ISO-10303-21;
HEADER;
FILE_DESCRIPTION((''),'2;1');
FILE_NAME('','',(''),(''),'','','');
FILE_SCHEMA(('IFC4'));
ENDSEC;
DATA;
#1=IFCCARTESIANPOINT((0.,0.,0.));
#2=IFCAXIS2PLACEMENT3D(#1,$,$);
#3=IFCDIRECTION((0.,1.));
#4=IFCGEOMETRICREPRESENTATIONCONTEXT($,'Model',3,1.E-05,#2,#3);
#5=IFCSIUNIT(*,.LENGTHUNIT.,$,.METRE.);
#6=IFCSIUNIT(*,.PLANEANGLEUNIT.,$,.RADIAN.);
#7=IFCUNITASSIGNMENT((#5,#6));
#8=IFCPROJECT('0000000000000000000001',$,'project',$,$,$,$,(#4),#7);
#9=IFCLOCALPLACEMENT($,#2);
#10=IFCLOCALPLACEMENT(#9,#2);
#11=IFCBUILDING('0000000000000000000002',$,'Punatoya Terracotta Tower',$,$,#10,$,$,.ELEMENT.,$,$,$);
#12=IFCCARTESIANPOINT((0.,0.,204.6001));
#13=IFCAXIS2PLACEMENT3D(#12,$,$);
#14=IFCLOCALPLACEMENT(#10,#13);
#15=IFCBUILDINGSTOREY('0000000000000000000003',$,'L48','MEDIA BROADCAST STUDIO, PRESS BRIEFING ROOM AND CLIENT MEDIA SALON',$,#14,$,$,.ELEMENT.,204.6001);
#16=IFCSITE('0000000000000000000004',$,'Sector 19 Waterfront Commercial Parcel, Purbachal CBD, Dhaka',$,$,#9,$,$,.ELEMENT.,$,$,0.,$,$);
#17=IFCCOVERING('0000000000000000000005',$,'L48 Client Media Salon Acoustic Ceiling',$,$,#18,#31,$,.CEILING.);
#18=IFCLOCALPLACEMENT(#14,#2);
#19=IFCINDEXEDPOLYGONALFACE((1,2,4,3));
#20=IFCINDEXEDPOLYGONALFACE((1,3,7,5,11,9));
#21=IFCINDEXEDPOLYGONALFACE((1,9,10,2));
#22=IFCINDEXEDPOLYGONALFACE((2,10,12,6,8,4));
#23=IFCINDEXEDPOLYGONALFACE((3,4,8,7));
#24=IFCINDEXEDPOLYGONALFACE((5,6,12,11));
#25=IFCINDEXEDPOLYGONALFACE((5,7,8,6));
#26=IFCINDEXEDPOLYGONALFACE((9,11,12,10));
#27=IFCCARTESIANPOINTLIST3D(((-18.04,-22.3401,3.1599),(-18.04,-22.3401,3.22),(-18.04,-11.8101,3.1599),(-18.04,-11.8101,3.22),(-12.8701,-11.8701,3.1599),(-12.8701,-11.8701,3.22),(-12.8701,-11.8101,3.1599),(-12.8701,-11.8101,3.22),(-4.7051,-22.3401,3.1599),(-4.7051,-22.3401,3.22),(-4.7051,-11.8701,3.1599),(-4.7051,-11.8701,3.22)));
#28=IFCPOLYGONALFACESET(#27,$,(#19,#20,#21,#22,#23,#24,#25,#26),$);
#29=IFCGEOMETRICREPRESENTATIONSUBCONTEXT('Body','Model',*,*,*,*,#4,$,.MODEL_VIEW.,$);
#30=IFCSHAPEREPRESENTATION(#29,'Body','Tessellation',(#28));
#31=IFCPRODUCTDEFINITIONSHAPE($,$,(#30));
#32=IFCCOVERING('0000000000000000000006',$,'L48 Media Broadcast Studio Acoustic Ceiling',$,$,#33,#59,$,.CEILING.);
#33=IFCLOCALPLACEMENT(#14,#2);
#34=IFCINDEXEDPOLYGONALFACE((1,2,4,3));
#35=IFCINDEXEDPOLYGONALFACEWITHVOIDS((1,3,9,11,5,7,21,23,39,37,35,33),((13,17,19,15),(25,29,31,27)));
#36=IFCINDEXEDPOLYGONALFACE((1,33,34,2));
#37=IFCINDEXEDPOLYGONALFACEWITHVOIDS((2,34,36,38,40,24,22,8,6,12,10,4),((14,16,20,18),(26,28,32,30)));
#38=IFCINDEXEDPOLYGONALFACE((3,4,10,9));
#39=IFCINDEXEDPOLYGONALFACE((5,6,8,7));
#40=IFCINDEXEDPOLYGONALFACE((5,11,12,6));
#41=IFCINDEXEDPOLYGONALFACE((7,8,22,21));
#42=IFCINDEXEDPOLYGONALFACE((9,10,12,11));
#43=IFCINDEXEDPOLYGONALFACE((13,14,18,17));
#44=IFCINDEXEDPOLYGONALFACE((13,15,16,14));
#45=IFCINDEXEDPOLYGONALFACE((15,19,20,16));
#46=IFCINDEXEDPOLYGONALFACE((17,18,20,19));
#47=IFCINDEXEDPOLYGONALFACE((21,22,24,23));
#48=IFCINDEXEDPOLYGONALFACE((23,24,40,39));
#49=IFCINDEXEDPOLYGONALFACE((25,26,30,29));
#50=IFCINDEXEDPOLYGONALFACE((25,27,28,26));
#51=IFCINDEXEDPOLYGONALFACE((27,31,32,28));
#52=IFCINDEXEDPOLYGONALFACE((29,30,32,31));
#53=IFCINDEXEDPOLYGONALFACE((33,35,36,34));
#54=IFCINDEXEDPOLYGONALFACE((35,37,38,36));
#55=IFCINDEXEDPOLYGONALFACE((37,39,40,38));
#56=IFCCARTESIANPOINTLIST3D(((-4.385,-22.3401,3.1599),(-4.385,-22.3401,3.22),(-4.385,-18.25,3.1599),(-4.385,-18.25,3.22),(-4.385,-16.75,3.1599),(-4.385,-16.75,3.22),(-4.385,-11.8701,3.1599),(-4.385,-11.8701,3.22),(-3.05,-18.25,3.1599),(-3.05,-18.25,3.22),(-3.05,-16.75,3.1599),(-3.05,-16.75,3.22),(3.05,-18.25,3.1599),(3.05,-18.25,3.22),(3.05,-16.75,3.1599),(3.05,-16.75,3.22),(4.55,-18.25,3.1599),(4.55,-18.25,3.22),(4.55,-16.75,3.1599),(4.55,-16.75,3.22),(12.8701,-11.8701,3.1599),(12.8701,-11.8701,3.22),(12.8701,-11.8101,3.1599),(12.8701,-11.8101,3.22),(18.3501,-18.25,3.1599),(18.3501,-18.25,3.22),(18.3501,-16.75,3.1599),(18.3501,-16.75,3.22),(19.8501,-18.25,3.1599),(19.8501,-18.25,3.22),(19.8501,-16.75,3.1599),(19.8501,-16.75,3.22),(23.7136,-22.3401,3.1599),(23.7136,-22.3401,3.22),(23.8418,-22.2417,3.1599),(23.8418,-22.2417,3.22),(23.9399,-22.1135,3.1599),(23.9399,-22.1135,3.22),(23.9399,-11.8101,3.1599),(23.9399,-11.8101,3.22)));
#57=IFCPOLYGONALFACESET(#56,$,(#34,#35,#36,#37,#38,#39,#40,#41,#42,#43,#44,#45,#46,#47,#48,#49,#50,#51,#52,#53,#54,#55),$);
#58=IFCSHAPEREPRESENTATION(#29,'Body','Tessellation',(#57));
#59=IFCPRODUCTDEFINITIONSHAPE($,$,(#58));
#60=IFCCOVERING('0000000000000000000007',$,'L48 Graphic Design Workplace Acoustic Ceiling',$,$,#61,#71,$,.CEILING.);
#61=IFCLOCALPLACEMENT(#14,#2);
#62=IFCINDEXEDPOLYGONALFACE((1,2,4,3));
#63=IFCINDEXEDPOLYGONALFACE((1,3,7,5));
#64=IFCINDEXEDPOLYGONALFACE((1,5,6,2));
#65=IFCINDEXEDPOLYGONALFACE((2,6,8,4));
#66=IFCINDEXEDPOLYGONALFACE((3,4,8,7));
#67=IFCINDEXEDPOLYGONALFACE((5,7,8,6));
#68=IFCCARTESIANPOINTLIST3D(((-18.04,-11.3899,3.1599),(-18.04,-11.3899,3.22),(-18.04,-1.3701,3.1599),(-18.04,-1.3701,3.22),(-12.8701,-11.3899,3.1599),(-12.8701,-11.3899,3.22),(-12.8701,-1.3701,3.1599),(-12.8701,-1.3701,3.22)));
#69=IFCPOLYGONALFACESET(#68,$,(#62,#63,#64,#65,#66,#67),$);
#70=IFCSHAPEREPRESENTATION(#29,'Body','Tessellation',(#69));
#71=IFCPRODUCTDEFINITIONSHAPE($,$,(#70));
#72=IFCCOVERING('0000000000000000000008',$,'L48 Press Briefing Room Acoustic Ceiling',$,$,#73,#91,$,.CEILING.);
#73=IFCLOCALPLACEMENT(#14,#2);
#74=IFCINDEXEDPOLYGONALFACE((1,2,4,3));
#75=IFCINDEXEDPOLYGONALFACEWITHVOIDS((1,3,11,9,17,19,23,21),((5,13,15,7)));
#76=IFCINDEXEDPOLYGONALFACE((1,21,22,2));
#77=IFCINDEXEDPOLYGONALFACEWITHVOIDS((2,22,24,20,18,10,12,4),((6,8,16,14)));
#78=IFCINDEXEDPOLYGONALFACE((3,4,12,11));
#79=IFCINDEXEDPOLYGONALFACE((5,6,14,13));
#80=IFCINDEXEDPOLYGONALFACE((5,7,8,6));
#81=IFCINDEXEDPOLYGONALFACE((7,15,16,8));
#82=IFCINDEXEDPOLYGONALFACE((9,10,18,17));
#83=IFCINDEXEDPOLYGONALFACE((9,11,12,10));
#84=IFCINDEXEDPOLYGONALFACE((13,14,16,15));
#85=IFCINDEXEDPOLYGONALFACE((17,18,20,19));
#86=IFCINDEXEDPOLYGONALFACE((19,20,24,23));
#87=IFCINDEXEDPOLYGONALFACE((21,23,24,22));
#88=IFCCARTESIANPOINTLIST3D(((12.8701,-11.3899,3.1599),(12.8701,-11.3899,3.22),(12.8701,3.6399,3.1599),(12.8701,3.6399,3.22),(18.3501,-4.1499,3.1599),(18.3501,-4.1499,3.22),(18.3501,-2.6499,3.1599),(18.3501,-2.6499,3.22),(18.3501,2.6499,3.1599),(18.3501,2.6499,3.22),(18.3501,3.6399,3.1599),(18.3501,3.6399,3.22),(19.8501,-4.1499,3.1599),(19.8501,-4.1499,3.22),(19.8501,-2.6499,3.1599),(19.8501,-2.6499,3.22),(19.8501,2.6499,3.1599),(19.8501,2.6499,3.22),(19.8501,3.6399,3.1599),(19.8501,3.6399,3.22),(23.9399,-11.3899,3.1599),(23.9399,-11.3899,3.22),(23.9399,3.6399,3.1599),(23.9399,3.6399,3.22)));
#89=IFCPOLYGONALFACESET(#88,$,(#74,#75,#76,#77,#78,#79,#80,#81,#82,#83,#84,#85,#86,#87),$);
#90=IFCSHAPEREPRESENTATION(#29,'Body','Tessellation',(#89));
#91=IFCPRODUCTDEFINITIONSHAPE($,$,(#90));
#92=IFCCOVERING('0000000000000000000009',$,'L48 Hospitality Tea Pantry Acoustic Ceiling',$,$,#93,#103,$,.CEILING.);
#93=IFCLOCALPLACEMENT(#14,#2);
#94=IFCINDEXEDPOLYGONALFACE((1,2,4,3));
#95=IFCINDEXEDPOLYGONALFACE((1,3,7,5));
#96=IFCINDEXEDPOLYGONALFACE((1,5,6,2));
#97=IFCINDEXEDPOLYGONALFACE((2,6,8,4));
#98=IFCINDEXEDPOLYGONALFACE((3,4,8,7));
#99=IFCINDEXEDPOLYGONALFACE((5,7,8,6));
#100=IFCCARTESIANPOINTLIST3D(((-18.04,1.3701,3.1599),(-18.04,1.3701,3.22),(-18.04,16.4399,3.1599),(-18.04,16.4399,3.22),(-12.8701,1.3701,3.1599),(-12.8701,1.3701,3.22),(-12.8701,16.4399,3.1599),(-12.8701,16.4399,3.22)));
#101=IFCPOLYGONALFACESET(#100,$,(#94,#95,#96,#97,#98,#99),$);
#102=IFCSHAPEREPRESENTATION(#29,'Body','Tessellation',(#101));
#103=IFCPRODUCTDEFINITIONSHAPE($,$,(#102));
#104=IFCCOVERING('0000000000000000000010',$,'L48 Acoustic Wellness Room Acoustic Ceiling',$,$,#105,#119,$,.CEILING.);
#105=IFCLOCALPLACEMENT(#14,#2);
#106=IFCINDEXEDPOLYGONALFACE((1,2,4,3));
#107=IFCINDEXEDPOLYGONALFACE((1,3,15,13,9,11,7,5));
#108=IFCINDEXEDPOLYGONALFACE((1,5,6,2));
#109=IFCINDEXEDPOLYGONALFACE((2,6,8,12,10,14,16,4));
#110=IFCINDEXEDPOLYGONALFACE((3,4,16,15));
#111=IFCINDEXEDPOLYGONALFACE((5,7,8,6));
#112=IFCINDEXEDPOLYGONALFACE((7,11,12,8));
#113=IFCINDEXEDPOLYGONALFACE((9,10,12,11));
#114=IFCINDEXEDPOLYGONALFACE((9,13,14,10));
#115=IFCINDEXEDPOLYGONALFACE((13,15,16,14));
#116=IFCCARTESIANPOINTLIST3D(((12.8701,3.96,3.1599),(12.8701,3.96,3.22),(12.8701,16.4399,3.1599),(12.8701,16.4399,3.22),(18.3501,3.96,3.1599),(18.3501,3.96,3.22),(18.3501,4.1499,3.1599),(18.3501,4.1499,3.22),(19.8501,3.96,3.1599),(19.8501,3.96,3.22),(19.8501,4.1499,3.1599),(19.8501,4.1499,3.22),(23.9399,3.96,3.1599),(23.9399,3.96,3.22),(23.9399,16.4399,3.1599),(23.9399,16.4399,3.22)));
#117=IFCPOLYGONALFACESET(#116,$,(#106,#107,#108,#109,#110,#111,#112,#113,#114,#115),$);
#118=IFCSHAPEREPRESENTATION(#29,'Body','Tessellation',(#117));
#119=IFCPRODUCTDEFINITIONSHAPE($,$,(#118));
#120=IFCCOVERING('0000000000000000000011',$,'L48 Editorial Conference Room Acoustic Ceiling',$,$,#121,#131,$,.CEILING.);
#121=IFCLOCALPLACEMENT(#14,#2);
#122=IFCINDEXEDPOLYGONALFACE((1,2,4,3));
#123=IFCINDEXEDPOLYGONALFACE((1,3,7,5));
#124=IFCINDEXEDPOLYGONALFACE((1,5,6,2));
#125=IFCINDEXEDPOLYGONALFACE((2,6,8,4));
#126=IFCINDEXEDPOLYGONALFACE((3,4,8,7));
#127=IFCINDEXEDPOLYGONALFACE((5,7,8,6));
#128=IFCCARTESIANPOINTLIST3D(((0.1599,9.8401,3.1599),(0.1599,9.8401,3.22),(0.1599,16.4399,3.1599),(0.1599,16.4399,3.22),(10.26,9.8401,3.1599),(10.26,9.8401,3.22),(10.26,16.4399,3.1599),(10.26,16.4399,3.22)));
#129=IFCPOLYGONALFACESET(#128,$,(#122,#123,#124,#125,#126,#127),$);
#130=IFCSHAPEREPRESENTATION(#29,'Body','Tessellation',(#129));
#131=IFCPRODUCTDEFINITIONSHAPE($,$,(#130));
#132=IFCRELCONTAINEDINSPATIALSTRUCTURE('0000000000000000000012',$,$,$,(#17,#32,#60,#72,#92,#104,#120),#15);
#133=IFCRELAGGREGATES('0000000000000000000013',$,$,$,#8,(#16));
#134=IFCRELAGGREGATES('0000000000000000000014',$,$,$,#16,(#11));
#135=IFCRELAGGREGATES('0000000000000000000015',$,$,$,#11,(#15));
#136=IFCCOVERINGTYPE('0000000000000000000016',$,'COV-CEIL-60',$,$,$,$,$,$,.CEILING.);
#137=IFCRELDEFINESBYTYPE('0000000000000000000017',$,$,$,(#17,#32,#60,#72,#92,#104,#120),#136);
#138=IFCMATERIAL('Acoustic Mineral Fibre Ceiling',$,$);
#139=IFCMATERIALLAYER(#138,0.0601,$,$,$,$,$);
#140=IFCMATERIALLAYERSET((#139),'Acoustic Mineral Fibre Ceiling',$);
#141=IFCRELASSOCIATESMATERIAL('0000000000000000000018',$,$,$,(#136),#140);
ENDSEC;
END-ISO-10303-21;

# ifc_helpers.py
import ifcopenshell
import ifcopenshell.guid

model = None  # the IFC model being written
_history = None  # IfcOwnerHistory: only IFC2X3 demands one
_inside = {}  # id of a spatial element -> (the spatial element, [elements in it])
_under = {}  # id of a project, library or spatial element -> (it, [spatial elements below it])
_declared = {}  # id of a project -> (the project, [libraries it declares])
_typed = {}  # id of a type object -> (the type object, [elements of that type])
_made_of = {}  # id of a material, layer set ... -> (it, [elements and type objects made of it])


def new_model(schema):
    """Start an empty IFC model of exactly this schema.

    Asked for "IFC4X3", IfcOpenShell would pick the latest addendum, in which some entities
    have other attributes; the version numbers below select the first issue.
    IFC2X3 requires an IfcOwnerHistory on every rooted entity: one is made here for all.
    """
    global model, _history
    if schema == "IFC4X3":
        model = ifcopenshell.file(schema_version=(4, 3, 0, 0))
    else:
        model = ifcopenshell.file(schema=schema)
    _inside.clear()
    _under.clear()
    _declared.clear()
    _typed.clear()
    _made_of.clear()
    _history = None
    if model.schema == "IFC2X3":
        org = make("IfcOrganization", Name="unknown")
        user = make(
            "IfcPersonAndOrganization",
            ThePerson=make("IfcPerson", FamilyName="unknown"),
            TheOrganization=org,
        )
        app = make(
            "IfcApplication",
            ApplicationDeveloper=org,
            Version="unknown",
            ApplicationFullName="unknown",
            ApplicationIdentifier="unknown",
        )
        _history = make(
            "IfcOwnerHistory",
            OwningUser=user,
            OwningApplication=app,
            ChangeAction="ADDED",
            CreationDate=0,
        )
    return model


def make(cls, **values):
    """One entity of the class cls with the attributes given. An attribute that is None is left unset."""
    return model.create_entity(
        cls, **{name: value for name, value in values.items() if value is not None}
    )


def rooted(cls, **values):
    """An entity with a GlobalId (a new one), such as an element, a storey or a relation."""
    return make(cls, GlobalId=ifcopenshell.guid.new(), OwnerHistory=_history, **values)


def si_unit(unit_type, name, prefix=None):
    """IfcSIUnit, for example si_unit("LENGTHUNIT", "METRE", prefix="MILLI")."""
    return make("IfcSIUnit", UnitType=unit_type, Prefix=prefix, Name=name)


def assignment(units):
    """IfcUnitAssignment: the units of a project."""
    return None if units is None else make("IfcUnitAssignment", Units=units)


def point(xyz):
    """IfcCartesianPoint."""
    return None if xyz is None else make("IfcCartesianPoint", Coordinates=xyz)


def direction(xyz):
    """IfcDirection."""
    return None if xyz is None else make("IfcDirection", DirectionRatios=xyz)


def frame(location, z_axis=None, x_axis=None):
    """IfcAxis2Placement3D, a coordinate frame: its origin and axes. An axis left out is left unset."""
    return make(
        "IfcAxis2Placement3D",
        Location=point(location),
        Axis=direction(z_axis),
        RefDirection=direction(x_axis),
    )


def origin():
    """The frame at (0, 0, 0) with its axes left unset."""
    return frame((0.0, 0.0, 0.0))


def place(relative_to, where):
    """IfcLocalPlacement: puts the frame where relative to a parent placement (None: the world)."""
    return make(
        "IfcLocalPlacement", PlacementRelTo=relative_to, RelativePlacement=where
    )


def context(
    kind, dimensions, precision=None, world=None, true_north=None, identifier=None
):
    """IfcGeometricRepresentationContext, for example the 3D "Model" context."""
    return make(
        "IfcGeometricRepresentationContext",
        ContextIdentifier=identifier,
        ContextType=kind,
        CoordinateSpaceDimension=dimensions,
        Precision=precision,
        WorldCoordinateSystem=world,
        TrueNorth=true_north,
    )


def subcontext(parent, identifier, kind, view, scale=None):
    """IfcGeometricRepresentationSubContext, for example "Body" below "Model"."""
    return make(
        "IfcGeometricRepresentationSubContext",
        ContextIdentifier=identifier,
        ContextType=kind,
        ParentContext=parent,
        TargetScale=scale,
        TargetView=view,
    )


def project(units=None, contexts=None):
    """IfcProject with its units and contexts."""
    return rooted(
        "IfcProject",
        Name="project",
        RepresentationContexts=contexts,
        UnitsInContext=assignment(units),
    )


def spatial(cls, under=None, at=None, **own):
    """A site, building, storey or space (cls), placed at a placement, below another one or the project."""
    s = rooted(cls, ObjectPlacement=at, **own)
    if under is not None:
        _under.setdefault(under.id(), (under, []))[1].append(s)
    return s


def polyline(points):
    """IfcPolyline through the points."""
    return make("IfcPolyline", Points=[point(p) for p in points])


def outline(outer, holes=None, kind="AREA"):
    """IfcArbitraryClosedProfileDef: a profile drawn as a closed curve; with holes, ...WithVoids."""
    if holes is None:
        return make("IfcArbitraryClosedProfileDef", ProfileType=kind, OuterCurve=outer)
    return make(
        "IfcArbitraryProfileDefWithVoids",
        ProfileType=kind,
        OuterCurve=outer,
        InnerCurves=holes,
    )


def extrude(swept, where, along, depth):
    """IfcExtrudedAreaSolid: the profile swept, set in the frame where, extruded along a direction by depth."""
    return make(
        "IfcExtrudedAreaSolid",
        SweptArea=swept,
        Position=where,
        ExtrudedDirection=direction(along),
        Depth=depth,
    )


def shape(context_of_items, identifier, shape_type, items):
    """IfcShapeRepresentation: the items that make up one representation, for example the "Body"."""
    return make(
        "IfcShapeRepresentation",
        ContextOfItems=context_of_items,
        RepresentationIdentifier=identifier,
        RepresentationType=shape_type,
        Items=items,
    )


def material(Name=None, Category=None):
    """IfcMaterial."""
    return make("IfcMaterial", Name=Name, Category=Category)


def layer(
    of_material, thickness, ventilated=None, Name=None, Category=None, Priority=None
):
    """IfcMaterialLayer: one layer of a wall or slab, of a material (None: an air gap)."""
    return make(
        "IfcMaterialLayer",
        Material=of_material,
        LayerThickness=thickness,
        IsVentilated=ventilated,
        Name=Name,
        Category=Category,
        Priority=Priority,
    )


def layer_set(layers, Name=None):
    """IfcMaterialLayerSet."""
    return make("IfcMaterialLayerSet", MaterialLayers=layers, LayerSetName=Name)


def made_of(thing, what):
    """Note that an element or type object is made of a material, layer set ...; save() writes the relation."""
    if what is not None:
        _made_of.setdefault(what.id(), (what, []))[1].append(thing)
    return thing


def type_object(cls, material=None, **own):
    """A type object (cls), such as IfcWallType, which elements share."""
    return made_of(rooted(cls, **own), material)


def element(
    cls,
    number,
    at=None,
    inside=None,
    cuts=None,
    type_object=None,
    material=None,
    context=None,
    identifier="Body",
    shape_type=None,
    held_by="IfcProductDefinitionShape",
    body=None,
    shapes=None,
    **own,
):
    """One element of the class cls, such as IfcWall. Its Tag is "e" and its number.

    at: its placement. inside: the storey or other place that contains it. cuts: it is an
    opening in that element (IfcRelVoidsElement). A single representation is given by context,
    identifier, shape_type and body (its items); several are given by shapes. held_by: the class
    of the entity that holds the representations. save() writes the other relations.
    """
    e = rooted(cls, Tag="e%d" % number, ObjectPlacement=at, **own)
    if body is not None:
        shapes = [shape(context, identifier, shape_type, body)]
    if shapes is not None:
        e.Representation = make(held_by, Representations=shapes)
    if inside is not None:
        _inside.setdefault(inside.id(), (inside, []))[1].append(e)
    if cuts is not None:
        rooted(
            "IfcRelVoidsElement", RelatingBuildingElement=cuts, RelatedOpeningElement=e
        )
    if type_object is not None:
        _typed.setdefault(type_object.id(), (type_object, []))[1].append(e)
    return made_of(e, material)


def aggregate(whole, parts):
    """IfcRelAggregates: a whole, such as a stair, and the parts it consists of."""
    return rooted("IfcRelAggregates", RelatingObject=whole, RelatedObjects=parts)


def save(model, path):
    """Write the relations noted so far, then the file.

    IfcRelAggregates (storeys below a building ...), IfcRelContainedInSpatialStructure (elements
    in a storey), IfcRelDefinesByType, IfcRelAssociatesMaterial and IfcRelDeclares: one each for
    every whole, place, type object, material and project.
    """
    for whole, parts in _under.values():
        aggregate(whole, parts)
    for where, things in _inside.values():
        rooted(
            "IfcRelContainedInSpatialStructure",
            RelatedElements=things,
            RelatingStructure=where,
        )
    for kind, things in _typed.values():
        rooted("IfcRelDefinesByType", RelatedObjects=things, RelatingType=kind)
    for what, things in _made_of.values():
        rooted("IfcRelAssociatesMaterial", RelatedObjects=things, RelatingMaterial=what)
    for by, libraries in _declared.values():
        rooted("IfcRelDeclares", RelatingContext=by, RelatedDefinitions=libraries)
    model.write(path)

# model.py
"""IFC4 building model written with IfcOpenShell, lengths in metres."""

from ifc_helpers import new_model, si_unit, direction, frame, origin, place, context, subcontext, project, spatial, polyline, outline, extrude, material, layer, layer_set, type_object, element, save


model = new_model("IFC4")

# Units and contexts
model_context = context("Model", 3, precision=1e-05, world=origin(), true_north=direction((0.0, 1.0)))
body_context = subcontext(model_context, "Body", "Model", "MODEL_VIEW")
ifc_project = project(units=[si_unit("LENGTHUNIT", "METRE"), si_unit("PLANEANGLEUNIT", "RADIAN")], contexts=[model_context])

# Site, building, storey
site_placement = place(None, origin())
site = spatial("IfcSite", under=ifc_project, at=site_placement, Name="Sector 19 Waterfront Commercial Parcel, Purbachal CBD, Dhaka", CompositionType="ELEMENT", RefElevation=0.0)
building_placement = place(site_placement, origin())
building = spatial("IfcBuilding", under=site, at=building_placement, Name="Punatoya Terracotta Tower", CompositionType="ELEMENT")
storey_placement = place(building_placement, frame((0.0, 0.0, 204.6001)))
storey = spatial("IfcBuildingStorey", under=building, at=storey_placement, Name="L48", Description="MEDIA BROADCAST STUDIO, PRESS BRIEFING ROOM AND CLIENT MEDIA SALON", CompositionType="ELEMENT", Elevation=204.6001)

# Coverings
ifc_material_1 = material(Name="Acoustic Mineral Fibre Ceiling")
ifc_layer_1 = layer(ifc_material_1, 0.0601)
ifc_layer_set_1 = layer_set([ifc_layer_1], Name="Acoustic Mineral Fibre Ceiling")
covering_type = type_object("IfcCoveringType", Name="COV-CEIL-60", PredefinedType="CEILING", material=ifc_layer_set_1)
covering_1_placement = place(storey_placement, frame((0.0, 0.0, 3.1599)))
element("IfcCovering", 1, at=covering_1_placement, inside=storey, type_object=covering_type, Name="L48 Client Media Salon Acoustic Ceiling", PredefinedType="CEILING", context=body_context, shape_type="SweptSolid", body=[
    extrude(outline(polyline([(-12.8701, -11.8701), (-12.8701, -11.8101), (-18.04, -11.8101), (-18.04, -22.3401), (-4.7051, -22.3401), (-4.7051, -11.8701), (-12.8701, -11.8701)])), origin(), (0.0, 0.0, 1.0), 0.0601),
])
covering_2_placement = place(storey_placement, frame((0.0, 0.0, 3.1599)))
element("IfcCovering", 2, at=covering_2_placement, inside=storey, type_object=covering_type, Name="L48 Media Broadcast Studio Acoustic Ceiling", PredefinedType="CEILING", context=body_context, shape_type="SweptSolid", body=[
    extrude(outline(polyline([(-4.385, -18.25), (-4.385, -22.3401), (23.7136, -22.3401), (23.8418, -22.2417), (23.9399, -22.1135), (23.9399, -11.8101), (12.8701, -11.8101), (12.8701, -11.8701), (-4.385, -11.8701), (-4.385, -16.75), (-3.05, -16.75), (-3.05, -18.25), (-4.385, -18.25)]), holes=[polyline([(19.8501, -18.25), (18.3501, -18.25), (18.3501, -16.75), (19.8501, -16.75), (19.8501, -18.25)]), polyline([(4.55, -16.75), (4.55, -18.25), (3.05, -18.25), (3.05, -16.75), (4.55, -16.75)])]), origin(), (0.0, 0.0, 1.0), 0.0601),
])
covering_3_placement = place(storey_placement, frame((0.0, 0.0, 3.1599)))
element("IfcCovering", 3, at=covering_3_placement, inside=storey, type_object=covering_type, Name="L48 Graphic Design Workplace Acoustic Ceiling", PredefinedType="CEILING", context=body_context, shape_type="SweptSolid", body=[
    extrude(outline(polyline([(-18.04, -1.3701), (-18.04, -11.3899), (-12.8701, -11.3899), (-12.8701, -1.3701), (-18.04, -1.3701)])), origin(), (0.0, 0.0, 1.0), 0.0601),
])
covering_4_placement = place(storey_placement, frame((0.0, 0.0, 3.1599)))
element("IfcCovering", 4, at=covering_4_placement, inside=storey, type_object=covering_type, Name="L48 Press Briefing Room Acoustic Ceiling", PredefinedType="CEILING", context=body_context, shape_type="SweptSolid", body=[
    extrude(outline(polyline([(19.8501, 3.6399), (19.8501, 2.6499), (18.3501, 2.6499), (18.3501, 3.6399), (12.8701, 3.6399), (12.8701, -11.3899), (23.9399, -11.3899), (23.9399, 3.6399), (19.8501, 3.6399)]), holes=[polyline([(18.3501, -4.1499), (18.3501, -2.6499), (19.8501, -2.6499), (19.8501, -4.1499), (18.3501, -4.1499)])]), origin(), (0.0, 0.0, 1.0), 0.0601),
])
covering_5_placement = place(storey_placement, frame((0.0, 0.0, 3.1599)))
element("IfcCovering", 5, at=covering_5_placement, inside=storey, type_object=covering_type, Name="L48 Hospitality Tea Pantry Acoustic Ceiling", PredefinedType="CEILING", context=body_context, shape_type="SweptSolid", body=[
    extrude(outline(polyline([(-12.8701, 16.4399), (-18.04, 16.4399), (-18.04, 1.3701), (-12.8701, 1.3701), (-12.8701, 16.4399)])), origin(), (0.0, 0.0, 1.0), 0.0601),
])
covering_6_placement = place(storey_placement, frame((0.0, 0.0, 3.1599)))
element("IfcCovering", 6, at=covering_6_placement, inside=storey, type_object=covering_type, Name="L48 Acoustic Wellness Room Acoustic Ceiling", PredefinedType="CEILING", context=body_context, shape_type="SweptSolid", body=[
    extrude(outline(polyline([(12.8701, 16.4399), (12.8701, 3.96), (18.3501, 3.96), (18.3501, 4.1499), (19.8501, 4.1499), (19.8501, 3.96), (23.9399, 3.96), (23.9399, 16.4399), (12.8701, 16.4399)])), origin(), (0.0, 0.0, 1.0), 0.0601),
])
covering_7_placement = place(storey_placement, frame((0.0, 0.0, 3.1599)))
element("IfcCovering", 7, at=covering_7_placement, inside=storey, type_object=covering_type, Name="L48 Editorial Conference Room Acoustic Ceiling", PredefinedType="CEILING", context=body_context, shape_type="SweptSolid", body=[
    extrude(outline(polyline([(10.26, 9.8401), (10.26, 16.4399), (0.1599, 16.4399), (0.1599, 9.8401), (10.26, 9.8401)])), origin(), (0.0, 0.0, 1.0), 0.0601),
])

save(model, "model.ifc")
